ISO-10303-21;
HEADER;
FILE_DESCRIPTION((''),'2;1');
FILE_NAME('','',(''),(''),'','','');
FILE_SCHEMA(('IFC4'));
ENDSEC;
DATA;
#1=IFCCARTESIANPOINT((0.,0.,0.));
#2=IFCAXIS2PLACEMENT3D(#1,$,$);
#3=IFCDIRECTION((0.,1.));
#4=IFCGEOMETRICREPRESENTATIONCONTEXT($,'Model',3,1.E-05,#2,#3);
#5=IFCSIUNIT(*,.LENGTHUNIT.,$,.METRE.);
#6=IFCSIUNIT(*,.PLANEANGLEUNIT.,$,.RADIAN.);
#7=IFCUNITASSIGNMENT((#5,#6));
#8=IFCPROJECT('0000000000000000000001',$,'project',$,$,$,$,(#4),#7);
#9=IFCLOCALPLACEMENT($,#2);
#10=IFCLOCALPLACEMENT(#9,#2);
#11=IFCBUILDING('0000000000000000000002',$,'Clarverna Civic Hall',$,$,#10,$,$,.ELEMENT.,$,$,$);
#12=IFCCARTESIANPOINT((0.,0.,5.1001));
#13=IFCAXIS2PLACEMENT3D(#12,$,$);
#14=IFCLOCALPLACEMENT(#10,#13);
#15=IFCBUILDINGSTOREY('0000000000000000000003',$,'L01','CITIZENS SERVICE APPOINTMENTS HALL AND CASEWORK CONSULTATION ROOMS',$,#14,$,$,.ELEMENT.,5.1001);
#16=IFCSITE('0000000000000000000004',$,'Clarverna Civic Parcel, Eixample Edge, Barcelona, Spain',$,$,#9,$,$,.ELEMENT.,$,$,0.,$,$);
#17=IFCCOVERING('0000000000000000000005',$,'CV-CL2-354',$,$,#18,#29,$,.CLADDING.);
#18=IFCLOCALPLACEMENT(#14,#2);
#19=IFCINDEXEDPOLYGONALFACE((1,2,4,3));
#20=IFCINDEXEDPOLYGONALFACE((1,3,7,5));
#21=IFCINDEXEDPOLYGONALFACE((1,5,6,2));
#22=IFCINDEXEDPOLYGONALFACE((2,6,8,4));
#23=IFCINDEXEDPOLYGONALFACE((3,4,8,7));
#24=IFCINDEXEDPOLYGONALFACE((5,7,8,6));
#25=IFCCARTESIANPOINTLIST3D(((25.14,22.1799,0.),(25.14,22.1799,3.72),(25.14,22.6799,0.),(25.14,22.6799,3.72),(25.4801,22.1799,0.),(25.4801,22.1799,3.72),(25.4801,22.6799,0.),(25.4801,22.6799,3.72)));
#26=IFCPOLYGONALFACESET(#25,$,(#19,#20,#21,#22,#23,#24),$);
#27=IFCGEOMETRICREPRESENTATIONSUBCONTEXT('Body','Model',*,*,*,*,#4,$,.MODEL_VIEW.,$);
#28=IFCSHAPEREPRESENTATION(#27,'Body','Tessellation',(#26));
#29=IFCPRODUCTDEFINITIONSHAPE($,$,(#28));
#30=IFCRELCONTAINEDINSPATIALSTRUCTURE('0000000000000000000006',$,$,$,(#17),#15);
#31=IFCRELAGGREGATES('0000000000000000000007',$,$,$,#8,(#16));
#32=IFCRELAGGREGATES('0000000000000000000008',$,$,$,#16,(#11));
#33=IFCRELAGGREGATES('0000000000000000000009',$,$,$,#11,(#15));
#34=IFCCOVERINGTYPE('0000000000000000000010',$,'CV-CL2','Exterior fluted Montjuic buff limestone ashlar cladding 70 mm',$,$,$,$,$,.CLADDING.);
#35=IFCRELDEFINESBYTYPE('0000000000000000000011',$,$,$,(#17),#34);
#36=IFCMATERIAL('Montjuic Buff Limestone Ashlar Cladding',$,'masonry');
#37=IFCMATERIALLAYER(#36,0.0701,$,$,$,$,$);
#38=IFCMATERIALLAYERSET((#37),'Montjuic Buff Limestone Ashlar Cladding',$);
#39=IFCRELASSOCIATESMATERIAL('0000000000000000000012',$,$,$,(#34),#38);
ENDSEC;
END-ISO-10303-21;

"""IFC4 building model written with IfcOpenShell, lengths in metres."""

from ifc_helpers import new_model, si_unit, direction, frame, frame_2d, origin, place, context, subcontext, project, spatial, rectangle, extrude, material, layer, layer_set, type_object, element, save


model = new_model("IFC4")

# Units and contexts
model_context = context("Model", 3, precision=1e-05, world=origin(), true_north=direction((0.0, 1.0)))
body_context = subcontext(model_context, "Body", "Model", "MODEL_VIEW")
ifc_project = project(units=[si_unit("LENGTHUNIT", "METRE"), si_unit("PLANEANGLEUNIT", "RADIAN")], contexts=[model_context])

# Site, building, storey
site_placement = place(None, origin())
site = spatial("IfcSite", under=ifc_project, at=site_placement, Name="Clarverna Civic Parcel, Eixample Edge, Barcelona, Spain", CompositionType="ELEMENT", RefElevation=0.0)
building_placement = place(site_placement, origin())
building = spatial("IfcBuilding", under=site, at=building_placement, Name="Clarverna Civic Hall", CompositionType="ELEMENT")
storey_placement = place(building_placement, frame((0.0, 0.0, 5.1001)))
storey = spatial("IfcBuildingStorey", under=building, at=storey_placement, Name="L01", Description="CITIZENS SERVICE APPOINTMENTS HALL AND CASEWORK CONSULTATION ROOMS", CompositionType="ELEMENT", Elevation=5.1001)

# Covering
ifc_material_1 = material(Name="Montjuic Buff Limestone Ashlar Cladding", Category="masonry")
ifc_layer_1 = layer(ifc_material_1, 0.0701)
ifc_layer_set_1 = layer_set([ifc_layer_1], Name="Montjuic Buff Limestone Ashlar Cladding")
covering_type = type_object("IfcCoveringType", Name="CV-CL2", Description="Exterior fluted Montjuic buff limestone ashlar cladding 70 mm", PredefinedType="CLADDING", material=ifc_layer_set_1)
covering_1_placement = place(storey_placement, frame((25.3101, 22.6799, 0.0), z_axis=(0.0, 0.0, 1.0), x_axis=(0.0, -1.0, 0.0)))
element("IfcCovering", 1, at=covering_1_placement, inside=storey, type_object=covering_type, Name="CV-CL2-354", PredefinedType="CLADDING", context=body_context, shape_type="SweptSolid", body=[
    extrude(rectangle(XDim=0.5, YDim=0.3401, at=frame_2d((0.25, 0.0))), origin(), (0.0, 0.0, 1.0), 3.72),
])

save(model, "model.ifc")
